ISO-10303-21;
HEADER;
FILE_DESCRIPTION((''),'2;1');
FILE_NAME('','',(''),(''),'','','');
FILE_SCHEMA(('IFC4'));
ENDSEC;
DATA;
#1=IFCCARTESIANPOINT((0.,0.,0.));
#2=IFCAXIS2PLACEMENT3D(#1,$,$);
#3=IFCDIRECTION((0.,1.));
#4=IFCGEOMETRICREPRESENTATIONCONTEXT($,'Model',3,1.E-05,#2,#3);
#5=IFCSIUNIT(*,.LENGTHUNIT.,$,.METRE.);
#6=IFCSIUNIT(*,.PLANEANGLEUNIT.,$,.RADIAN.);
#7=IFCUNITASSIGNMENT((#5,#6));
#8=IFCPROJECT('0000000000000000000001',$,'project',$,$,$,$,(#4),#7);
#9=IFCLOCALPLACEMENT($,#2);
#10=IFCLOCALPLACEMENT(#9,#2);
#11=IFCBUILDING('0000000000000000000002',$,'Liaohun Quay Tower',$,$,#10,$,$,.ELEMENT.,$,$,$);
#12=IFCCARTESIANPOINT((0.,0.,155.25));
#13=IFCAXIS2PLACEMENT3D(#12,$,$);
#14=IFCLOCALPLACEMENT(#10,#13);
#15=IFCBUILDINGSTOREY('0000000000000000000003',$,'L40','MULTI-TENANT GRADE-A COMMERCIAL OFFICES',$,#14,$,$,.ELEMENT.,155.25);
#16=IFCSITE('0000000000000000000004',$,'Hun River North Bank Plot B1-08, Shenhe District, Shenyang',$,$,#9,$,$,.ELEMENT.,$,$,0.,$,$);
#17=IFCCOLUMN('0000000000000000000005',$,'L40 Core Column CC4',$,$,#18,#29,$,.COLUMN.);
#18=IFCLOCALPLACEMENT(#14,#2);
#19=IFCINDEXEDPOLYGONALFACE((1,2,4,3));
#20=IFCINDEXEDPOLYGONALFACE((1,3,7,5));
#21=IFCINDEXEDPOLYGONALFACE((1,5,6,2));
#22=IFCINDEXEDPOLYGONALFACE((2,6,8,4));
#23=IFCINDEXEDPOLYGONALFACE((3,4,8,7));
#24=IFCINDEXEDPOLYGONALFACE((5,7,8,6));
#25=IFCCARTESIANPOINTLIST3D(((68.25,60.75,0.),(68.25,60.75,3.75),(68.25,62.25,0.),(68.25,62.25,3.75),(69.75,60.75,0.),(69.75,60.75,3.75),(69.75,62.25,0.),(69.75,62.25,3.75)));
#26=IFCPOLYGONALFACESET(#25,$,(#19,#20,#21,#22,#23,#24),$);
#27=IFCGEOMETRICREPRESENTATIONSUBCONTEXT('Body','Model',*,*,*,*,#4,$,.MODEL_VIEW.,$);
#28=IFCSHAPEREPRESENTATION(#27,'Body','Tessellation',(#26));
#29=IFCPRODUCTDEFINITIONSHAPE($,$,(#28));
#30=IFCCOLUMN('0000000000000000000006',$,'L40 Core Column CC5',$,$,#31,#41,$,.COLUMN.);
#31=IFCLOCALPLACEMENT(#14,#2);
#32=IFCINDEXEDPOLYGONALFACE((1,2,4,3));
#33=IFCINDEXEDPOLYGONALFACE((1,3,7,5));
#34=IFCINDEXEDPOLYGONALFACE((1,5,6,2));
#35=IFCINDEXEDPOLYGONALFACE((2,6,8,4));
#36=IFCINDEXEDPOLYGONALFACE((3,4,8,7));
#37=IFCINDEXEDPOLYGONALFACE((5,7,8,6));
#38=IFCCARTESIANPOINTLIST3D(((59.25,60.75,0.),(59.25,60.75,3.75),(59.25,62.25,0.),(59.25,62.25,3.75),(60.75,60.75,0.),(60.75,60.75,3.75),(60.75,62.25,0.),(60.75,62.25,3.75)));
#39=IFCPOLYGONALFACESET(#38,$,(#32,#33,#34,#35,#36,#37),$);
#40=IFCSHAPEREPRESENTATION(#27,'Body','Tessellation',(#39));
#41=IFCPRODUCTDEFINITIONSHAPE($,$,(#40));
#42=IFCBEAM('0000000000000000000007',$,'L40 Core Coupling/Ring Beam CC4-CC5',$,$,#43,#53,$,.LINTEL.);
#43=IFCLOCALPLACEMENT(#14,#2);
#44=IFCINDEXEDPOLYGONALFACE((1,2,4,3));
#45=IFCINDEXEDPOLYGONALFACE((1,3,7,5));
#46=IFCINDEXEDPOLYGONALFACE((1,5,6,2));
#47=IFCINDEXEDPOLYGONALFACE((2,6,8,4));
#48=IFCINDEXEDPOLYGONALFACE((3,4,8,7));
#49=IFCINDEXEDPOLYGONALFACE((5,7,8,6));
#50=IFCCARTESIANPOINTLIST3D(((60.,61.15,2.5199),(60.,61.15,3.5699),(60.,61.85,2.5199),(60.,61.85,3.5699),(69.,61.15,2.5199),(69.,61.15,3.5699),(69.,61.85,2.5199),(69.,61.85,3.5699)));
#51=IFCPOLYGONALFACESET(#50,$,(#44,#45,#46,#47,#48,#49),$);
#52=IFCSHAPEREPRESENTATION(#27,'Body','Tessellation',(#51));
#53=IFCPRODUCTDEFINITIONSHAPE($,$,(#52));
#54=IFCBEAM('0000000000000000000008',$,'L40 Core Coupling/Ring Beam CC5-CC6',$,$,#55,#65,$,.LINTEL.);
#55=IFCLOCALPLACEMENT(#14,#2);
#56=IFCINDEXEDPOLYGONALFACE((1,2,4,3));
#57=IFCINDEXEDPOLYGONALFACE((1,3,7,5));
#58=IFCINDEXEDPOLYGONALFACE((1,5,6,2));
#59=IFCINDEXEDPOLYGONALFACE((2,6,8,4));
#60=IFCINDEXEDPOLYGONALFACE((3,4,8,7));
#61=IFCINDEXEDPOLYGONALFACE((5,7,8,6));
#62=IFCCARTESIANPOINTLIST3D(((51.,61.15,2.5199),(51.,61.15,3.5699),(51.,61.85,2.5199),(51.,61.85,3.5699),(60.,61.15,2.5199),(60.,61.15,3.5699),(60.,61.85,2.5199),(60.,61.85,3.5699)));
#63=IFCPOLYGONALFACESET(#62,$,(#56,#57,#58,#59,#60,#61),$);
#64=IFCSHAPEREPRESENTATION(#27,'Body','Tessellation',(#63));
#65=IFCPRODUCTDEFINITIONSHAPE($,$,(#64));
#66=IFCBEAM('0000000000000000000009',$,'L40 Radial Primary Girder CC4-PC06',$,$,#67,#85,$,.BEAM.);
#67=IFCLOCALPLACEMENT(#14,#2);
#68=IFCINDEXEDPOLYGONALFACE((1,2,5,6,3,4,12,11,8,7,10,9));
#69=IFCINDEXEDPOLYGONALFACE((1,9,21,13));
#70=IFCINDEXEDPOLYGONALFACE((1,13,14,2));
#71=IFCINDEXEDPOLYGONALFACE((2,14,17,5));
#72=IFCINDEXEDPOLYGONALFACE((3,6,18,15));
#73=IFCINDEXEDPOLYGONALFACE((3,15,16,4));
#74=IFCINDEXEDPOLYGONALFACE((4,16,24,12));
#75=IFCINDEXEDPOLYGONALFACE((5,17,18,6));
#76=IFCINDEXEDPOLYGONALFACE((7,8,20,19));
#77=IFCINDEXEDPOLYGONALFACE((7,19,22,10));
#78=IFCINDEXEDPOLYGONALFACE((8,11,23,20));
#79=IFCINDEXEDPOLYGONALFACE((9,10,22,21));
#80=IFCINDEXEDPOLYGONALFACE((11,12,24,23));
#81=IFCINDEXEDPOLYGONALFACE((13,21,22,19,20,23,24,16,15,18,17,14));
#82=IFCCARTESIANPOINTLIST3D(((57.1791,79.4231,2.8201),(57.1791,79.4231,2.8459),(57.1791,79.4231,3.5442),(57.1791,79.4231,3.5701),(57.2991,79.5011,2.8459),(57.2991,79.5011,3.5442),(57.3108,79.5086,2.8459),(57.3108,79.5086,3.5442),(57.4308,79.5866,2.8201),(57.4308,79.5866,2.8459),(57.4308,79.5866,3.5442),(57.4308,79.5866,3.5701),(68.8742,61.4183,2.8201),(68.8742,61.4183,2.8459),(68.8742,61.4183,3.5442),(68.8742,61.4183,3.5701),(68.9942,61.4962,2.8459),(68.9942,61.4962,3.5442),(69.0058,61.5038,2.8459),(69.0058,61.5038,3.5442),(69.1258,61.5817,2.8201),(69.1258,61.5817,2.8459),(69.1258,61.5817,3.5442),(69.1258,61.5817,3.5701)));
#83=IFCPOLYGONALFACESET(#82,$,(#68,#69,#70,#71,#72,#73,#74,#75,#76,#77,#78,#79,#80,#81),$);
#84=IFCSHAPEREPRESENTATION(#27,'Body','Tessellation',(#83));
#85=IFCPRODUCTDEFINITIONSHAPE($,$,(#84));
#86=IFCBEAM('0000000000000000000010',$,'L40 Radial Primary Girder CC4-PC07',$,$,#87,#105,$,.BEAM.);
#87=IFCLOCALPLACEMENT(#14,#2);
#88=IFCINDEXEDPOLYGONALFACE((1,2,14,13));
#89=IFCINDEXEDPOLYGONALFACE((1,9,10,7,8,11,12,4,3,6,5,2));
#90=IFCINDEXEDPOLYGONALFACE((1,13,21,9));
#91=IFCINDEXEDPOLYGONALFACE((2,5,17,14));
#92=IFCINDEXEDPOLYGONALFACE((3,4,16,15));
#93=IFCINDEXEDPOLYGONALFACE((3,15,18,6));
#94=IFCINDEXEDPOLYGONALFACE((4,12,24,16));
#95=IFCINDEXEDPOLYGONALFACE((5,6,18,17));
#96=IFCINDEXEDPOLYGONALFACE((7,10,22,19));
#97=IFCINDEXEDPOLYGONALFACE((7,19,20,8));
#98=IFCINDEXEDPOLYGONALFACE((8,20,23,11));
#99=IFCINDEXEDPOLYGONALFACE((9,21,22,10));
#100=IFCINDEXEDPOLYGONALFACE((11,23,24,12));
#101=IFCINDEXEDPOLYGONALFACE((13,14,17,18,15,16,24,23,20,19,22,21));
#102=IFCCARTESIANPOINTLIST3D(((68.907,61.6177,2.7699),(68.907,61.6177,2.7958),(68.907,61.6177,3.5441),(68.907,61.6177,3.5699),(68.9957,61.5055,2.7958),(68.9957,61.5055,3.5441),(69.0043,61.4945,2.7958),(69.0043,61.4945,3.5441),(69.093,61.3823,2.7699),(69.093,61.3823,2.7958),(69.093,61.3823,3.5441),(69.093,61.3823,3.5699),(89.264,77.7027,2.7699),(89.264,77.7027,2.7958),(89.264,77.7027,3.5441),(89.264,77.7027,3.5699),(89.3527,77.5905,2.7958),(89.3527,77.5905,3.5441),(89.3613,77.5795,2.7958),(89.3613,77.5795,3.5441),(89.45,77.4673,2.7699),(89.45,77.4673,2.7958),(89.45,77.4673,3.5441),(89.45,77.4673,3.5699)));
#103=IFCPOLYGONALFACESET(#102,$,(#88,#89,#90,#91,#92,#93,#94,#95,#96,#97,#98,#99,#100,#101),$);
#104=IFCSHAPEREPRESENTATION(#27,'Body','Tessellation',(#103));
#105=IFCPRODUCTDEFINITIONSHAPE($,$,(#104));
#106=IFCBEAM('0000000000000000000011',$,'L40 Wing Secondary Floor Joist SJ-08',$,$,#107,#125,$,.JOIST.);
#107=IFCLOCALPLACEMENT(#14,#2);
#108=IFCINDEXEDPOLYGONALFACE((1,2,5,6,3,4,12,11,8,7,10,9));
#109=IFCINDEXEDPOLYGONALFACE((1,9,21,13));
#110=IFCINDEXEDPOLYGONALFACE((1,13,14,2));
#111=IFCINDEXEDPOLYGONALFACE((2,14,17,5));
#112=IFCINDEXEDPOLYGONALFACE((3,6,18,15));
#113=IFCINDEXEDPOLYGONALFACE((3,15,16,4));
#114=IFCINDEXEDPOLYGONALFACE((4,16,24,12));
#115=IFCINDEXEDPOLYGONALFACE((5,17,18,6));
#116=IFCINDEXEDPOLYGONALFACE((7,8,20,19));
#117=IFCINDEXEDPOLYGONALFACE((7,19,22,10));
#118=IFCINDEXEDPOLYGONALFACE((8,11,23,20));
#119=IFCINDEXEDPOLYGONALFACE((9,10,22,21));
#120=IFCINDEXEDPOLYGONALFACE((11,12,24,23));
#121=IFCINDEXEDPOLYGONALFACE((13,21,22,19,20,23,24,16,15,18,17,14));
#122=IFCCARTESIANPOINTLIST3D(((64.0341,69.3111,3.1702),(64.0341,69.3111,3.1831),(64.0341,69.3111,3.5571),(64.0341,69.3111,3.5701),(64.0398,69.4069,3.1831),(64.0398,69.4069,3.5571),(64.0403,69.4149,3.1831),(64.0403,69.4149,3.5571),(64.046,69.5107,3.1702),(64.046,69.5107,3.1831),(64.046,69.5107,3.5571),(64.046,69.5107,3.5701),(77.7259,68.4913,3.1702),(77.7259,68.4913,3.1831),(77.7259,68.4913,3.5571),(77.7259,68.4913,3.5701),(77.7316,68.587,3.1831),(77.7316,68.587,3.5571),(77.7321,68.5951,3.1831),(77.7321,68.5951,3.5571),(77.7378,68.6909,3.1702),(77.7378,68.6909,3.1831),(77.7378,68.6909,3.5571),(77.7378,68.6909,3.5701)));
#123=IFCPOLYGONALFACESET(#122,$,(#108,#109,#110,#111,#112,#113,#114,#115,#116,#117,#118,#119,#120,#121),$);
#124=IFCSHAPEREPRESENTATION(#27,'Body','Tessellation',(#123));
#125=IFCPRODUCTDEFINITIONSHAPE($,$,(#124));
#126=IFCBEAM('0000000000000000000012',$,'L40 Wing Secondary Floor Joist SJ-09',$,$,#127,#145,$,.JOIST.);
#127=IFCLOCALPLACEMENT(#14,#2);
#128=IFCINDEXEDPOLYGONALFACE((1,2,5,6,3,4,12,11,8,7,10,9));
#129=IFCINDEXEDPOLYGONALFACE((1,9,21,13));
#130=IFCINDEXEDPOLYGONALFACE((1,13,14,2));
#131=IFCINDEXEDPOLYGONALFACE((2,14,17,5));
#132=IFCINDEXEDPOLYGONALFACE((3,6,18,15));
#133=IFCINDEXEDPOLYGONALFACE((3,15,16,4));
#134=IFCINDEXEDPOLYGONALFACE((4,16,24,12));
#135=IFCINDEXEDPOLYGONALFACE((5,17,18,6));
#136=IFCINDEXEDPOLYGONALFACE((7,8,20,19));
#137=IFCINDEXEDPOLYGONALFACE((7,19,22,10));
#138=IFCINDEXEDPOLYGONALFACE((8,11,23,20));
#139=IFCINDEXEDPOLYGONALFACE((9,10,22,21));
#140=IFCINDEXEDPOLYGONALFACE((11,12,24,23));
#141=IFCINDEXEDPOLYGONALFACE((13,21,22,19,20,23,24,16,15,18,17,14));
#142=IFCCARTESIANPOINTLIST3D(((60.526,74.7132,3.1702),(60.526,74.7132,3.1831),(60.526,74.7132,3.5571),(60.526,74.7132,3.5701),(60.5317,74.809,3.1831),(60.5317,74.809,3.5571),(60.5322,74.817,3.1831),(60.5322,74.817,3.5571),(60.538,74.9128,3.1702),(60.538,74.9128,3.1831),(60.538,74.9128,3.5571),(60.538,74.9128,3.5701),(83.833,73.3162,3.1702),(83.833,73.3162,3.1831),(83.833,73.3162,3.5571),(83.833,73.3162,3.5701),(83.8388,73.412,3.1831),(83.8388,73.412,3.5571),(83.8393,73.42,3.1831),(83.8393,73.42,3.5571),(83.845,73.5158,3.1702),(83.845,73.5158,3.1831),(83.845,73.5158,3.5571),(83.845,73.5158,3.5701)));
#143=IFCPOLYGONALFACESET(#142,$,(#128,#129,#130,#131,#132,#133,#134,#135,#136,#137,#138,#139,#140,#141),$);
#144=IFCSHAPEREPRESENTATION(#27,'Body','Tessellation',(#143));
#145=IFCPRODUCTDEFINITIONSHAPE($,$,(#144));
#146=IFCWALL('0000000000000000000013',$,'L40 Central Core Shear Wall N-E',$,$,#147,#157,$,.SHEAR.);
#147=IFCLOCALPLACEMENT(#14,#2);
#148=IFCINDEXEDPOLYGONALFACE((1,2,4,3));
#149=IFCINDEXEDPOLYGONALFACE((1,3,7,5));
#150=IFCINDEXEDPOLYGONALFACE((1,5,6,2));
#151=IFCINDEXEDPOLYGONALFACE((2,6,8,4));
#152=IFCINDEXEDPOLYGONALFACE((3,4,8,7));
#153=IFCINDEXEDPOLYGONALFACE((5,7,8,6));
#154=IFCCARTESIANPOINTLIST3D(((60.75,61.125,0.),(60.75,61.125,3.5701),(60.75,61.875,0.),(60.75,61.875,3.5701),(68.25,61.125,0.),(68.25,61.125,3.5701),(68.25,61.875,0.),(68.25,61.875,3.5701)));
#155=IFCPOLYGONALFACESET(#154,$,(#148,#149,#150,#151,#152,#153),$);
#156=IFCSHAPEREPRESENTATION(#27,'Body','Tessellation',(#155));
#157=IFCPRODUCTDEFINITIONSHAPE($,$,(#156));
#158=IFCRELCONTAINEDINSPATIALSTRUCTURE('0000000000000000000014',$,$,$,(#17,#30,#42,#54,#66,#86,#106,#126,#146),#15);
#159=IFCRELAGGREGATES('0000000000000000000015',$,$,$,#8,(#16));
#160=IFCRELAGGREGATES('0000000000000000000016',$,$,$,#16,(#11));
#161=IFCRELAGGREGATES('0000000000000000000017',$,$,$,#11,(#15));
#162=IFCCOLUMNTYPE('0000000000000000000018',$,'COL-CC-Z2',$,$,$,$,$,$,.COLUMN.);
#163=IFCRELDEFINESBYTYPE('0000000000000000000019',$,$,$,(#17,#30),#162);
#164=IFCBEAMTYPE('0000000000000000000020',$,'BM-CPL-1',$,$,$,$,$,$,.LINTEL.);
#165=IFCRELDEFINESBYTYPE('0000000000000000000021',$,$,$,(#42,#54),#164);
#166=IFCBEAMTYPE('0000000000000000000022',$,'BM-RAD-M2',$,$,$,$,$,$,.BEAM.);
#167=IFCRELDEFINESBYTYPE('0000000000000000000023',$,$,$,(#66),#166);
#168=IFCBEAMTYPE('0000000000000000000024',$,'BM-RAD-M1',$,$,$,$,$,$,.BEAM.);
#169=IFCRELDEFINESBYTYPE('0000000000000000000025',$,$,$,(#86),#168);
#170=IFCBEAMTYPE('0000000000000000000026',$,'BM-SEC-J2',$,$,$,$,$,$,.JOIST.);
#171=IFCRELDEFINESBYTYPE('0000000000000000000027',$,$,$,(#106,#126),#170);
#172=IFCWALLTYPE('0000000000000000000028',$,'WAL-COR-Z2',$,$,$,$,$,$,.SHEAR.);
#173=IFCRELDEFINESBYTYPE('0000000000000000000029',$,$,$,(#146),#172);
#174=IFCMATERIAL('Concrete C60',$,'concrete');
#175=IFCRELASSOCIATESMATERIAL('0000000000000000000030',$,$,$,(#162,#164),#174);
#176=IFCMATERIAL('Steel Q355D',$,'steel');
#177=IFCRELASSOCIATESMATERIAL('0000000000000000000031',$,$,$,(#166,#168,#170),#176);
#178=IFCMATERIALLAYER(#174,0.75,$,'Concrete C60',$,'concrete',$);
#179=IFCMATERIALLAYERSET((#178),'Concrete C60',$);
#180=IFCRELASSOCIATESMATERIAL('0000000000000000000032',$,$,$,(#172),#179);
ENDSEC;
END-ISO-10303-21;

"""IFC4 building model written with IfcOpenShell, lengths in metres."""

from ifc_helpers import new_model, si_unit, direction, frame, frame_2d, origin, origin_2d, place, context, subcontext, project, spatial, rectangle, i_section, extrude, source, transform, mapped, material, layer, layer_set, material_profile, profile_set, type_object, element, save


model = new_model("IFC4")

# Units and contexts
model_context = context("Model", 3, precision=1e-05, world=origin(), true_north=direction((0.0, 1.0)))
body_context = subcontext(model_context, "Body", "Model", "MODEL_VIEW")
ifc_project = project(units=[si_unit("LENGTHUNIT", "METRE"), si_unit("PLANEANGLEUNIT", "RADIAN")], contexts=[model_context])

# Site, building, storey
site_placement = place(None, origin())
site = spatial("IfcSite", under=ifc_project, at=site_placement, Name="Hun River North Bank Plot B1-08, Shenhe District, Shenyang", CompositionType="ELEMENT", RefElevation=0.0)
building_placement = place(site_placement, origin())
building = spatial("IfcBuilding", under=site, at=building_placement, Name="Liaohun Quay Tower", CompositionType="ELEMENT")
storey_placement = place(building_placement, frame((0.0, 0.0, 155.25)))
storey = spatial("IfcBuildingStorey", under=building, at=storey_placement, Name="L40", Description="MULTI-TENANT GRADE-A COMMERCIAL OFFICES", CompositionType="ELEMENT", Elevation=155.25)

# Columns
ifc_material_1 = material(Name="Concrete C60", Category="concrete")
ifc_material_profile_1 = material_profile(ifc_material_1, rectangle(XDim=1.5, YDim=1.5, at=origin_2d()), Name="RC1500x1500")
ifc_profile_set_1 = profile_set([ifc_material_profile_1], Name="Concrete C60")
column_type = type_object("IfcColumnType", Name="COL-CC-Z2", PredefinedType="COLUMN", material=ifc_profile_set_1)
shared_shape_1 = source(origin(), body_context, "Body", "SweptSolid", [
    extrude(rectangle(XDim=1.5, YDim=1.5, at=origin_2d()), origin(), (0.0, 0.0, 1.0), 3.75),
])
for number, where, z_axis, x_axis, name in (
    (1, (69.0, 61.5, 0.0), (0.0, 0.0, 1.0), (1.0, 0.0, 0.0), "L40 Core Column CC4"),
    (2, (60.0, 61.5, 0.0), (0.0, 0.0, 1.0), (1.0, 0.0, 0.0), "L40 Core Column CC5"),
):
    element("IfcColumn", number, at=place(storey_placement, frame(where, z_axis=z_axis, x_axis=x_axis)), inside=storey, type_object=column_type, Name=name, PredefinedType="COLUMN", context=body_context, shape_type="MappedRepresentation", body=[
        mapped(shared_shape_1, transform((0.0, 0.0, 0.0), x_axis=(1.0, 0.0, 0.0), y_axis=(0.0, 1.0, 0.0), z_axis=(0.0, 0.0, 1.0), scale=1.0)),
    ])

# Beams
ifc_material_profile_2 = material_profile(ifc_material_1, rectangle(XDim=0.7, YDim=1.05, at=origin_2d()), Name="RC700x1050")
ifc_profile_set_2 = profile_set([ifc_material_profile_2], Name="Concrete C60")
beam_type_1 = type_object("IfcBeamType", Name="BM-CPL-1", PredefinedType="LINTEL", material=ifc_profile_set_2)
shared_shape_2 = source(origin(), body_context, "Body", "SweptSolid", [
    extrude(rectangle(XDim=0.7, YDim=1.05, at=origin_2d()), origin(), (0.0, 0.0, 1.0), 9.0),
])
for number, where, z_axis, x_axis, name in (
    (3, (69.0, 61.5, 3.0449), (-1.0, 0.0, 0.0), (0.0, -1.0, 0.0), "L40 Core Coupling/Ring Beam CC4-CC5"),
    (4, (60.0, 61.5, 3.0449), (-1.0, 0.0, 0.0), (0.0, -1.0, 0.0), "L40 Core Coupling/Ring Beam CC5-CC6"),
):
    element("IfcBeam", number, at=place(storey_placement, frame(where, z_axis=z_axis, x_axis=x_axis)), inside=storey, type_object=beam_type_1, Name=name, PredefinedType="LINTEL", context=body_context, shape_type="MappedRepresentation", body=[
        mapped(shared_shape_2, transform((0.0, 0.0, 0.0), x_axis=(1.0, 0.0, 0.0), y_axis=(0.0, 1.0, 0.0), z_axis=(0.0, 0.0, 1.0), scale=1.0)),
    ])
ifc_material_2 = material(Name="Steel Q355D", Category="steel")
ifc_material_profile_3 = material_profile(ifc_material_2, i_section(OverallWidth=0.3, OverallDepth=0.75, WebThickness=0.0139, FlangeThickness=0.0259, at=origin_2d()), Name="HN750x300x14x26")
ifc_profile_set_3 = profile_set([ifc_material_profile_3], Name="Steel Q355D")
beam_type_2 = type_object("IfcBeamType", Name="BM-RAD-M2", PredefinedType="BEAM", material=ifc_profile_set_3)
shared_shape_3 = source(origin(), body_context, "Body", "SweptSolid", [
    extrude(i_section(OverallWidth=0.3, OverallDepth=0.75, WebThickness=0.0139, FlangeThickness=0.0259, at=origin_2d()), origin(), (0.0, 0.0, 1.0), 21.4697),
])
beam_1_placement = place(storey_placement, frame((69.0, 61.5, 3.1951), z_axis=(-0.544723, 0.838616, 0.0), x_axis=(-0.838616, -0.544723, 0.0)))
element("IfcBeam", 5, at=beam_1_placement, inside=storey, type_object=beam_type_2, Name="L40 Radial Primary Girder CC4-PC06", PredefinedType="BEAM", context=body_context, shape_type="MappedRepresentation", body=[
    mapped(shared_shape_3, transform((0.0, 0.0, 0.0), x_axis=(1.0, 0.0, 0.0), y_axis=(0.0, 1.0, 0.0), z_axis=(0.0, 0.0, 1.0), scale=1.0)),
])
ifc_material_profile_4 = material_profile(ifc_material_2, i_section(OverallWidth=0.3, OverallDepth=0.8, WebThickness=0.0139, FlangeThickness=0.0259, at=origin_2d()), Name="HN800x300x14x26")
ifc_profile_set_4 = profile_set([ifc_material_profile_4], Name="Steel Q355D")
beam_type_3 = type_object("IfcBeamType", Name="BM-RAD-M1", PredefinedType="BEAM", material=ifc_profile_set_4)
shared_shape_4 = source(origin(), body_context, "Body", "SweptSolid", [
    extrude(i_section(OverallWidth=0.3, OverallDepth=0.8, WebThickness=0.0139, FlangeThickness=0.0259, at=origin_2d()), origin(), (0.0, 0.0, 1.0), 25.9448),
])
beam_2_placement = place(storey_placement, frame((69.0, 61.5, 3.1699), z_axis=(0.784626, 0.619969, 0.0), x_axis=(-0.619969, 0.784626, 0.0)))
element("IfcBeam", 6, at=beam_2_placement, inside=storey, type_object=beam_type_3, Name="L40 Radial Primary Girder CC4-PC07", PredefinedType="BEAM", context=body_context, shape_type="MappedRepresentation", body=[
    mapped(shared_shape_4, transform((0.0, 0.0, 0.0), x_axis=(1.0, 0.0, 0.0), y_axis=(0.0, 1.0, 0.0), z_axis=(0.0, 0.0, 1.0), scale=1.0)),
])
ifc_material_profile_5 = material_profile(ifc_material_2, i_section(OverallWidth=0.2, OverallDepth=0.3999, WebThickness=0.0081, FlangeThickness=0.0129, at=origin_2d()), Name="HN400x200x8x13")
ifc_profile_set_5 = profile_set([ifc_material_profile_5], Name="Steel Q355D")
beam_type_4 = type_object("IfcBeamType", Name="BM-SEC-J2", PredefinedType="JOIST", material=ifc_profile_set_5)
shared_shape_5 = source(origin(), body_context, "Body", "SweptSolid", [
    extrude(i_section(OverallWidth=0.2, OverallDepth=0.3999, WebThickness=0.0081, FlangeThickness=0.0129, at=origin_2d()), origin(), (0.0, 0.0, 1.0), 13.7163),
])
beam_3_placement = place(storey_placement, frame((64.04, 69.4109, 3.3701), z_axis=(0.998212, -0.05977, 0.0), x_axis=(0.05977, 0.998212, 0.0)))
element("IfcBeam", 7, at=beam_3_placement, inside=storey, type_object=beam_type_4, Name="L40 Wing Secondary Floor Joist SJ-08", PredefinedType="JOIST", context=body_context, shape_type="MappedRepresentation", body=[
    mapped(shared_shape_5, transform((0.0, 0.0, 0.0), x_axis=(1.0, 0.0, 0.0), y_axis=(0.0, 1.0, 0.0), z_axis=(0.0, 0.0, 1.0), scale=1.0)),
])
shared_shape_6 = source(origin(), body_context, "Body", "SweptSolid", [
    extrude(i_section(OverallWidth=0.2, OverallDepth=0.3999, WebThickness=0.0081, FlangeThickness=0.0129, at=origin_2d()), origin(), (0.0, 0.0, 1.0), 23.3489),
])
beam_4_placement = place(storey_placement, frame((60.532, 74.813, 3.3701), z_axis=(0.998209, -0.05983, 0.0), x_axis=(0.05983, 0.998209, 0.0)))
element("IfcBeam", 8, at=beam_4_placement, inside=storey, type_object=beam_type_4, Name="L40 Wing Secondary Floor Joist SJ-09", PredefinedType="JOIST", context=body_context, shape_type="MappedRepresentation", body=[
    mapped(shared_shape_6, transform((0.0, 0.0, 0.0), x_axis=(1.0, 0.0, 0.0), y_axis=(0.0, 1.0, 0.0), z_axis=(0.0, 0.0, 1.0), scale=1.0)),
])

# Wall
ifc_layer_1 = layer(ifc_material_1, 0.75, Name="Concrete C60", Category="concrete")
ifc_layer_set_1 = layer_set([ifc_layer_1], Name="Concrete C60")
wall_type_1 = type_object("IfcWallType", Name="WAL-COR-Z2", PredefinedType="SHEAR", material=ifc_layer_set_1)
wall_1_placement = place(storey_placement, frame((60.75, 61.5, 0.0), z_axis=(0.0, 0.0, 1.0), x_axis=(1.0, 0.0, 0.0)))
element("IfcWall", 9, at=wall_1_placement, inside=storey, type_object=wall_type_1, Name="L40 Central Core Shear Wall N-E", PredefinedType="SHEAR", context=body_context, shape_type="SweptSolid", body=[
    extrude(rectangle(XDim=7.5, YDim=0.75, at=frame_2d((3.75, 0.0))), origin(), (0.0, 0.0, 1.0), 3.5701),
])

save(model, "model.ifc")
